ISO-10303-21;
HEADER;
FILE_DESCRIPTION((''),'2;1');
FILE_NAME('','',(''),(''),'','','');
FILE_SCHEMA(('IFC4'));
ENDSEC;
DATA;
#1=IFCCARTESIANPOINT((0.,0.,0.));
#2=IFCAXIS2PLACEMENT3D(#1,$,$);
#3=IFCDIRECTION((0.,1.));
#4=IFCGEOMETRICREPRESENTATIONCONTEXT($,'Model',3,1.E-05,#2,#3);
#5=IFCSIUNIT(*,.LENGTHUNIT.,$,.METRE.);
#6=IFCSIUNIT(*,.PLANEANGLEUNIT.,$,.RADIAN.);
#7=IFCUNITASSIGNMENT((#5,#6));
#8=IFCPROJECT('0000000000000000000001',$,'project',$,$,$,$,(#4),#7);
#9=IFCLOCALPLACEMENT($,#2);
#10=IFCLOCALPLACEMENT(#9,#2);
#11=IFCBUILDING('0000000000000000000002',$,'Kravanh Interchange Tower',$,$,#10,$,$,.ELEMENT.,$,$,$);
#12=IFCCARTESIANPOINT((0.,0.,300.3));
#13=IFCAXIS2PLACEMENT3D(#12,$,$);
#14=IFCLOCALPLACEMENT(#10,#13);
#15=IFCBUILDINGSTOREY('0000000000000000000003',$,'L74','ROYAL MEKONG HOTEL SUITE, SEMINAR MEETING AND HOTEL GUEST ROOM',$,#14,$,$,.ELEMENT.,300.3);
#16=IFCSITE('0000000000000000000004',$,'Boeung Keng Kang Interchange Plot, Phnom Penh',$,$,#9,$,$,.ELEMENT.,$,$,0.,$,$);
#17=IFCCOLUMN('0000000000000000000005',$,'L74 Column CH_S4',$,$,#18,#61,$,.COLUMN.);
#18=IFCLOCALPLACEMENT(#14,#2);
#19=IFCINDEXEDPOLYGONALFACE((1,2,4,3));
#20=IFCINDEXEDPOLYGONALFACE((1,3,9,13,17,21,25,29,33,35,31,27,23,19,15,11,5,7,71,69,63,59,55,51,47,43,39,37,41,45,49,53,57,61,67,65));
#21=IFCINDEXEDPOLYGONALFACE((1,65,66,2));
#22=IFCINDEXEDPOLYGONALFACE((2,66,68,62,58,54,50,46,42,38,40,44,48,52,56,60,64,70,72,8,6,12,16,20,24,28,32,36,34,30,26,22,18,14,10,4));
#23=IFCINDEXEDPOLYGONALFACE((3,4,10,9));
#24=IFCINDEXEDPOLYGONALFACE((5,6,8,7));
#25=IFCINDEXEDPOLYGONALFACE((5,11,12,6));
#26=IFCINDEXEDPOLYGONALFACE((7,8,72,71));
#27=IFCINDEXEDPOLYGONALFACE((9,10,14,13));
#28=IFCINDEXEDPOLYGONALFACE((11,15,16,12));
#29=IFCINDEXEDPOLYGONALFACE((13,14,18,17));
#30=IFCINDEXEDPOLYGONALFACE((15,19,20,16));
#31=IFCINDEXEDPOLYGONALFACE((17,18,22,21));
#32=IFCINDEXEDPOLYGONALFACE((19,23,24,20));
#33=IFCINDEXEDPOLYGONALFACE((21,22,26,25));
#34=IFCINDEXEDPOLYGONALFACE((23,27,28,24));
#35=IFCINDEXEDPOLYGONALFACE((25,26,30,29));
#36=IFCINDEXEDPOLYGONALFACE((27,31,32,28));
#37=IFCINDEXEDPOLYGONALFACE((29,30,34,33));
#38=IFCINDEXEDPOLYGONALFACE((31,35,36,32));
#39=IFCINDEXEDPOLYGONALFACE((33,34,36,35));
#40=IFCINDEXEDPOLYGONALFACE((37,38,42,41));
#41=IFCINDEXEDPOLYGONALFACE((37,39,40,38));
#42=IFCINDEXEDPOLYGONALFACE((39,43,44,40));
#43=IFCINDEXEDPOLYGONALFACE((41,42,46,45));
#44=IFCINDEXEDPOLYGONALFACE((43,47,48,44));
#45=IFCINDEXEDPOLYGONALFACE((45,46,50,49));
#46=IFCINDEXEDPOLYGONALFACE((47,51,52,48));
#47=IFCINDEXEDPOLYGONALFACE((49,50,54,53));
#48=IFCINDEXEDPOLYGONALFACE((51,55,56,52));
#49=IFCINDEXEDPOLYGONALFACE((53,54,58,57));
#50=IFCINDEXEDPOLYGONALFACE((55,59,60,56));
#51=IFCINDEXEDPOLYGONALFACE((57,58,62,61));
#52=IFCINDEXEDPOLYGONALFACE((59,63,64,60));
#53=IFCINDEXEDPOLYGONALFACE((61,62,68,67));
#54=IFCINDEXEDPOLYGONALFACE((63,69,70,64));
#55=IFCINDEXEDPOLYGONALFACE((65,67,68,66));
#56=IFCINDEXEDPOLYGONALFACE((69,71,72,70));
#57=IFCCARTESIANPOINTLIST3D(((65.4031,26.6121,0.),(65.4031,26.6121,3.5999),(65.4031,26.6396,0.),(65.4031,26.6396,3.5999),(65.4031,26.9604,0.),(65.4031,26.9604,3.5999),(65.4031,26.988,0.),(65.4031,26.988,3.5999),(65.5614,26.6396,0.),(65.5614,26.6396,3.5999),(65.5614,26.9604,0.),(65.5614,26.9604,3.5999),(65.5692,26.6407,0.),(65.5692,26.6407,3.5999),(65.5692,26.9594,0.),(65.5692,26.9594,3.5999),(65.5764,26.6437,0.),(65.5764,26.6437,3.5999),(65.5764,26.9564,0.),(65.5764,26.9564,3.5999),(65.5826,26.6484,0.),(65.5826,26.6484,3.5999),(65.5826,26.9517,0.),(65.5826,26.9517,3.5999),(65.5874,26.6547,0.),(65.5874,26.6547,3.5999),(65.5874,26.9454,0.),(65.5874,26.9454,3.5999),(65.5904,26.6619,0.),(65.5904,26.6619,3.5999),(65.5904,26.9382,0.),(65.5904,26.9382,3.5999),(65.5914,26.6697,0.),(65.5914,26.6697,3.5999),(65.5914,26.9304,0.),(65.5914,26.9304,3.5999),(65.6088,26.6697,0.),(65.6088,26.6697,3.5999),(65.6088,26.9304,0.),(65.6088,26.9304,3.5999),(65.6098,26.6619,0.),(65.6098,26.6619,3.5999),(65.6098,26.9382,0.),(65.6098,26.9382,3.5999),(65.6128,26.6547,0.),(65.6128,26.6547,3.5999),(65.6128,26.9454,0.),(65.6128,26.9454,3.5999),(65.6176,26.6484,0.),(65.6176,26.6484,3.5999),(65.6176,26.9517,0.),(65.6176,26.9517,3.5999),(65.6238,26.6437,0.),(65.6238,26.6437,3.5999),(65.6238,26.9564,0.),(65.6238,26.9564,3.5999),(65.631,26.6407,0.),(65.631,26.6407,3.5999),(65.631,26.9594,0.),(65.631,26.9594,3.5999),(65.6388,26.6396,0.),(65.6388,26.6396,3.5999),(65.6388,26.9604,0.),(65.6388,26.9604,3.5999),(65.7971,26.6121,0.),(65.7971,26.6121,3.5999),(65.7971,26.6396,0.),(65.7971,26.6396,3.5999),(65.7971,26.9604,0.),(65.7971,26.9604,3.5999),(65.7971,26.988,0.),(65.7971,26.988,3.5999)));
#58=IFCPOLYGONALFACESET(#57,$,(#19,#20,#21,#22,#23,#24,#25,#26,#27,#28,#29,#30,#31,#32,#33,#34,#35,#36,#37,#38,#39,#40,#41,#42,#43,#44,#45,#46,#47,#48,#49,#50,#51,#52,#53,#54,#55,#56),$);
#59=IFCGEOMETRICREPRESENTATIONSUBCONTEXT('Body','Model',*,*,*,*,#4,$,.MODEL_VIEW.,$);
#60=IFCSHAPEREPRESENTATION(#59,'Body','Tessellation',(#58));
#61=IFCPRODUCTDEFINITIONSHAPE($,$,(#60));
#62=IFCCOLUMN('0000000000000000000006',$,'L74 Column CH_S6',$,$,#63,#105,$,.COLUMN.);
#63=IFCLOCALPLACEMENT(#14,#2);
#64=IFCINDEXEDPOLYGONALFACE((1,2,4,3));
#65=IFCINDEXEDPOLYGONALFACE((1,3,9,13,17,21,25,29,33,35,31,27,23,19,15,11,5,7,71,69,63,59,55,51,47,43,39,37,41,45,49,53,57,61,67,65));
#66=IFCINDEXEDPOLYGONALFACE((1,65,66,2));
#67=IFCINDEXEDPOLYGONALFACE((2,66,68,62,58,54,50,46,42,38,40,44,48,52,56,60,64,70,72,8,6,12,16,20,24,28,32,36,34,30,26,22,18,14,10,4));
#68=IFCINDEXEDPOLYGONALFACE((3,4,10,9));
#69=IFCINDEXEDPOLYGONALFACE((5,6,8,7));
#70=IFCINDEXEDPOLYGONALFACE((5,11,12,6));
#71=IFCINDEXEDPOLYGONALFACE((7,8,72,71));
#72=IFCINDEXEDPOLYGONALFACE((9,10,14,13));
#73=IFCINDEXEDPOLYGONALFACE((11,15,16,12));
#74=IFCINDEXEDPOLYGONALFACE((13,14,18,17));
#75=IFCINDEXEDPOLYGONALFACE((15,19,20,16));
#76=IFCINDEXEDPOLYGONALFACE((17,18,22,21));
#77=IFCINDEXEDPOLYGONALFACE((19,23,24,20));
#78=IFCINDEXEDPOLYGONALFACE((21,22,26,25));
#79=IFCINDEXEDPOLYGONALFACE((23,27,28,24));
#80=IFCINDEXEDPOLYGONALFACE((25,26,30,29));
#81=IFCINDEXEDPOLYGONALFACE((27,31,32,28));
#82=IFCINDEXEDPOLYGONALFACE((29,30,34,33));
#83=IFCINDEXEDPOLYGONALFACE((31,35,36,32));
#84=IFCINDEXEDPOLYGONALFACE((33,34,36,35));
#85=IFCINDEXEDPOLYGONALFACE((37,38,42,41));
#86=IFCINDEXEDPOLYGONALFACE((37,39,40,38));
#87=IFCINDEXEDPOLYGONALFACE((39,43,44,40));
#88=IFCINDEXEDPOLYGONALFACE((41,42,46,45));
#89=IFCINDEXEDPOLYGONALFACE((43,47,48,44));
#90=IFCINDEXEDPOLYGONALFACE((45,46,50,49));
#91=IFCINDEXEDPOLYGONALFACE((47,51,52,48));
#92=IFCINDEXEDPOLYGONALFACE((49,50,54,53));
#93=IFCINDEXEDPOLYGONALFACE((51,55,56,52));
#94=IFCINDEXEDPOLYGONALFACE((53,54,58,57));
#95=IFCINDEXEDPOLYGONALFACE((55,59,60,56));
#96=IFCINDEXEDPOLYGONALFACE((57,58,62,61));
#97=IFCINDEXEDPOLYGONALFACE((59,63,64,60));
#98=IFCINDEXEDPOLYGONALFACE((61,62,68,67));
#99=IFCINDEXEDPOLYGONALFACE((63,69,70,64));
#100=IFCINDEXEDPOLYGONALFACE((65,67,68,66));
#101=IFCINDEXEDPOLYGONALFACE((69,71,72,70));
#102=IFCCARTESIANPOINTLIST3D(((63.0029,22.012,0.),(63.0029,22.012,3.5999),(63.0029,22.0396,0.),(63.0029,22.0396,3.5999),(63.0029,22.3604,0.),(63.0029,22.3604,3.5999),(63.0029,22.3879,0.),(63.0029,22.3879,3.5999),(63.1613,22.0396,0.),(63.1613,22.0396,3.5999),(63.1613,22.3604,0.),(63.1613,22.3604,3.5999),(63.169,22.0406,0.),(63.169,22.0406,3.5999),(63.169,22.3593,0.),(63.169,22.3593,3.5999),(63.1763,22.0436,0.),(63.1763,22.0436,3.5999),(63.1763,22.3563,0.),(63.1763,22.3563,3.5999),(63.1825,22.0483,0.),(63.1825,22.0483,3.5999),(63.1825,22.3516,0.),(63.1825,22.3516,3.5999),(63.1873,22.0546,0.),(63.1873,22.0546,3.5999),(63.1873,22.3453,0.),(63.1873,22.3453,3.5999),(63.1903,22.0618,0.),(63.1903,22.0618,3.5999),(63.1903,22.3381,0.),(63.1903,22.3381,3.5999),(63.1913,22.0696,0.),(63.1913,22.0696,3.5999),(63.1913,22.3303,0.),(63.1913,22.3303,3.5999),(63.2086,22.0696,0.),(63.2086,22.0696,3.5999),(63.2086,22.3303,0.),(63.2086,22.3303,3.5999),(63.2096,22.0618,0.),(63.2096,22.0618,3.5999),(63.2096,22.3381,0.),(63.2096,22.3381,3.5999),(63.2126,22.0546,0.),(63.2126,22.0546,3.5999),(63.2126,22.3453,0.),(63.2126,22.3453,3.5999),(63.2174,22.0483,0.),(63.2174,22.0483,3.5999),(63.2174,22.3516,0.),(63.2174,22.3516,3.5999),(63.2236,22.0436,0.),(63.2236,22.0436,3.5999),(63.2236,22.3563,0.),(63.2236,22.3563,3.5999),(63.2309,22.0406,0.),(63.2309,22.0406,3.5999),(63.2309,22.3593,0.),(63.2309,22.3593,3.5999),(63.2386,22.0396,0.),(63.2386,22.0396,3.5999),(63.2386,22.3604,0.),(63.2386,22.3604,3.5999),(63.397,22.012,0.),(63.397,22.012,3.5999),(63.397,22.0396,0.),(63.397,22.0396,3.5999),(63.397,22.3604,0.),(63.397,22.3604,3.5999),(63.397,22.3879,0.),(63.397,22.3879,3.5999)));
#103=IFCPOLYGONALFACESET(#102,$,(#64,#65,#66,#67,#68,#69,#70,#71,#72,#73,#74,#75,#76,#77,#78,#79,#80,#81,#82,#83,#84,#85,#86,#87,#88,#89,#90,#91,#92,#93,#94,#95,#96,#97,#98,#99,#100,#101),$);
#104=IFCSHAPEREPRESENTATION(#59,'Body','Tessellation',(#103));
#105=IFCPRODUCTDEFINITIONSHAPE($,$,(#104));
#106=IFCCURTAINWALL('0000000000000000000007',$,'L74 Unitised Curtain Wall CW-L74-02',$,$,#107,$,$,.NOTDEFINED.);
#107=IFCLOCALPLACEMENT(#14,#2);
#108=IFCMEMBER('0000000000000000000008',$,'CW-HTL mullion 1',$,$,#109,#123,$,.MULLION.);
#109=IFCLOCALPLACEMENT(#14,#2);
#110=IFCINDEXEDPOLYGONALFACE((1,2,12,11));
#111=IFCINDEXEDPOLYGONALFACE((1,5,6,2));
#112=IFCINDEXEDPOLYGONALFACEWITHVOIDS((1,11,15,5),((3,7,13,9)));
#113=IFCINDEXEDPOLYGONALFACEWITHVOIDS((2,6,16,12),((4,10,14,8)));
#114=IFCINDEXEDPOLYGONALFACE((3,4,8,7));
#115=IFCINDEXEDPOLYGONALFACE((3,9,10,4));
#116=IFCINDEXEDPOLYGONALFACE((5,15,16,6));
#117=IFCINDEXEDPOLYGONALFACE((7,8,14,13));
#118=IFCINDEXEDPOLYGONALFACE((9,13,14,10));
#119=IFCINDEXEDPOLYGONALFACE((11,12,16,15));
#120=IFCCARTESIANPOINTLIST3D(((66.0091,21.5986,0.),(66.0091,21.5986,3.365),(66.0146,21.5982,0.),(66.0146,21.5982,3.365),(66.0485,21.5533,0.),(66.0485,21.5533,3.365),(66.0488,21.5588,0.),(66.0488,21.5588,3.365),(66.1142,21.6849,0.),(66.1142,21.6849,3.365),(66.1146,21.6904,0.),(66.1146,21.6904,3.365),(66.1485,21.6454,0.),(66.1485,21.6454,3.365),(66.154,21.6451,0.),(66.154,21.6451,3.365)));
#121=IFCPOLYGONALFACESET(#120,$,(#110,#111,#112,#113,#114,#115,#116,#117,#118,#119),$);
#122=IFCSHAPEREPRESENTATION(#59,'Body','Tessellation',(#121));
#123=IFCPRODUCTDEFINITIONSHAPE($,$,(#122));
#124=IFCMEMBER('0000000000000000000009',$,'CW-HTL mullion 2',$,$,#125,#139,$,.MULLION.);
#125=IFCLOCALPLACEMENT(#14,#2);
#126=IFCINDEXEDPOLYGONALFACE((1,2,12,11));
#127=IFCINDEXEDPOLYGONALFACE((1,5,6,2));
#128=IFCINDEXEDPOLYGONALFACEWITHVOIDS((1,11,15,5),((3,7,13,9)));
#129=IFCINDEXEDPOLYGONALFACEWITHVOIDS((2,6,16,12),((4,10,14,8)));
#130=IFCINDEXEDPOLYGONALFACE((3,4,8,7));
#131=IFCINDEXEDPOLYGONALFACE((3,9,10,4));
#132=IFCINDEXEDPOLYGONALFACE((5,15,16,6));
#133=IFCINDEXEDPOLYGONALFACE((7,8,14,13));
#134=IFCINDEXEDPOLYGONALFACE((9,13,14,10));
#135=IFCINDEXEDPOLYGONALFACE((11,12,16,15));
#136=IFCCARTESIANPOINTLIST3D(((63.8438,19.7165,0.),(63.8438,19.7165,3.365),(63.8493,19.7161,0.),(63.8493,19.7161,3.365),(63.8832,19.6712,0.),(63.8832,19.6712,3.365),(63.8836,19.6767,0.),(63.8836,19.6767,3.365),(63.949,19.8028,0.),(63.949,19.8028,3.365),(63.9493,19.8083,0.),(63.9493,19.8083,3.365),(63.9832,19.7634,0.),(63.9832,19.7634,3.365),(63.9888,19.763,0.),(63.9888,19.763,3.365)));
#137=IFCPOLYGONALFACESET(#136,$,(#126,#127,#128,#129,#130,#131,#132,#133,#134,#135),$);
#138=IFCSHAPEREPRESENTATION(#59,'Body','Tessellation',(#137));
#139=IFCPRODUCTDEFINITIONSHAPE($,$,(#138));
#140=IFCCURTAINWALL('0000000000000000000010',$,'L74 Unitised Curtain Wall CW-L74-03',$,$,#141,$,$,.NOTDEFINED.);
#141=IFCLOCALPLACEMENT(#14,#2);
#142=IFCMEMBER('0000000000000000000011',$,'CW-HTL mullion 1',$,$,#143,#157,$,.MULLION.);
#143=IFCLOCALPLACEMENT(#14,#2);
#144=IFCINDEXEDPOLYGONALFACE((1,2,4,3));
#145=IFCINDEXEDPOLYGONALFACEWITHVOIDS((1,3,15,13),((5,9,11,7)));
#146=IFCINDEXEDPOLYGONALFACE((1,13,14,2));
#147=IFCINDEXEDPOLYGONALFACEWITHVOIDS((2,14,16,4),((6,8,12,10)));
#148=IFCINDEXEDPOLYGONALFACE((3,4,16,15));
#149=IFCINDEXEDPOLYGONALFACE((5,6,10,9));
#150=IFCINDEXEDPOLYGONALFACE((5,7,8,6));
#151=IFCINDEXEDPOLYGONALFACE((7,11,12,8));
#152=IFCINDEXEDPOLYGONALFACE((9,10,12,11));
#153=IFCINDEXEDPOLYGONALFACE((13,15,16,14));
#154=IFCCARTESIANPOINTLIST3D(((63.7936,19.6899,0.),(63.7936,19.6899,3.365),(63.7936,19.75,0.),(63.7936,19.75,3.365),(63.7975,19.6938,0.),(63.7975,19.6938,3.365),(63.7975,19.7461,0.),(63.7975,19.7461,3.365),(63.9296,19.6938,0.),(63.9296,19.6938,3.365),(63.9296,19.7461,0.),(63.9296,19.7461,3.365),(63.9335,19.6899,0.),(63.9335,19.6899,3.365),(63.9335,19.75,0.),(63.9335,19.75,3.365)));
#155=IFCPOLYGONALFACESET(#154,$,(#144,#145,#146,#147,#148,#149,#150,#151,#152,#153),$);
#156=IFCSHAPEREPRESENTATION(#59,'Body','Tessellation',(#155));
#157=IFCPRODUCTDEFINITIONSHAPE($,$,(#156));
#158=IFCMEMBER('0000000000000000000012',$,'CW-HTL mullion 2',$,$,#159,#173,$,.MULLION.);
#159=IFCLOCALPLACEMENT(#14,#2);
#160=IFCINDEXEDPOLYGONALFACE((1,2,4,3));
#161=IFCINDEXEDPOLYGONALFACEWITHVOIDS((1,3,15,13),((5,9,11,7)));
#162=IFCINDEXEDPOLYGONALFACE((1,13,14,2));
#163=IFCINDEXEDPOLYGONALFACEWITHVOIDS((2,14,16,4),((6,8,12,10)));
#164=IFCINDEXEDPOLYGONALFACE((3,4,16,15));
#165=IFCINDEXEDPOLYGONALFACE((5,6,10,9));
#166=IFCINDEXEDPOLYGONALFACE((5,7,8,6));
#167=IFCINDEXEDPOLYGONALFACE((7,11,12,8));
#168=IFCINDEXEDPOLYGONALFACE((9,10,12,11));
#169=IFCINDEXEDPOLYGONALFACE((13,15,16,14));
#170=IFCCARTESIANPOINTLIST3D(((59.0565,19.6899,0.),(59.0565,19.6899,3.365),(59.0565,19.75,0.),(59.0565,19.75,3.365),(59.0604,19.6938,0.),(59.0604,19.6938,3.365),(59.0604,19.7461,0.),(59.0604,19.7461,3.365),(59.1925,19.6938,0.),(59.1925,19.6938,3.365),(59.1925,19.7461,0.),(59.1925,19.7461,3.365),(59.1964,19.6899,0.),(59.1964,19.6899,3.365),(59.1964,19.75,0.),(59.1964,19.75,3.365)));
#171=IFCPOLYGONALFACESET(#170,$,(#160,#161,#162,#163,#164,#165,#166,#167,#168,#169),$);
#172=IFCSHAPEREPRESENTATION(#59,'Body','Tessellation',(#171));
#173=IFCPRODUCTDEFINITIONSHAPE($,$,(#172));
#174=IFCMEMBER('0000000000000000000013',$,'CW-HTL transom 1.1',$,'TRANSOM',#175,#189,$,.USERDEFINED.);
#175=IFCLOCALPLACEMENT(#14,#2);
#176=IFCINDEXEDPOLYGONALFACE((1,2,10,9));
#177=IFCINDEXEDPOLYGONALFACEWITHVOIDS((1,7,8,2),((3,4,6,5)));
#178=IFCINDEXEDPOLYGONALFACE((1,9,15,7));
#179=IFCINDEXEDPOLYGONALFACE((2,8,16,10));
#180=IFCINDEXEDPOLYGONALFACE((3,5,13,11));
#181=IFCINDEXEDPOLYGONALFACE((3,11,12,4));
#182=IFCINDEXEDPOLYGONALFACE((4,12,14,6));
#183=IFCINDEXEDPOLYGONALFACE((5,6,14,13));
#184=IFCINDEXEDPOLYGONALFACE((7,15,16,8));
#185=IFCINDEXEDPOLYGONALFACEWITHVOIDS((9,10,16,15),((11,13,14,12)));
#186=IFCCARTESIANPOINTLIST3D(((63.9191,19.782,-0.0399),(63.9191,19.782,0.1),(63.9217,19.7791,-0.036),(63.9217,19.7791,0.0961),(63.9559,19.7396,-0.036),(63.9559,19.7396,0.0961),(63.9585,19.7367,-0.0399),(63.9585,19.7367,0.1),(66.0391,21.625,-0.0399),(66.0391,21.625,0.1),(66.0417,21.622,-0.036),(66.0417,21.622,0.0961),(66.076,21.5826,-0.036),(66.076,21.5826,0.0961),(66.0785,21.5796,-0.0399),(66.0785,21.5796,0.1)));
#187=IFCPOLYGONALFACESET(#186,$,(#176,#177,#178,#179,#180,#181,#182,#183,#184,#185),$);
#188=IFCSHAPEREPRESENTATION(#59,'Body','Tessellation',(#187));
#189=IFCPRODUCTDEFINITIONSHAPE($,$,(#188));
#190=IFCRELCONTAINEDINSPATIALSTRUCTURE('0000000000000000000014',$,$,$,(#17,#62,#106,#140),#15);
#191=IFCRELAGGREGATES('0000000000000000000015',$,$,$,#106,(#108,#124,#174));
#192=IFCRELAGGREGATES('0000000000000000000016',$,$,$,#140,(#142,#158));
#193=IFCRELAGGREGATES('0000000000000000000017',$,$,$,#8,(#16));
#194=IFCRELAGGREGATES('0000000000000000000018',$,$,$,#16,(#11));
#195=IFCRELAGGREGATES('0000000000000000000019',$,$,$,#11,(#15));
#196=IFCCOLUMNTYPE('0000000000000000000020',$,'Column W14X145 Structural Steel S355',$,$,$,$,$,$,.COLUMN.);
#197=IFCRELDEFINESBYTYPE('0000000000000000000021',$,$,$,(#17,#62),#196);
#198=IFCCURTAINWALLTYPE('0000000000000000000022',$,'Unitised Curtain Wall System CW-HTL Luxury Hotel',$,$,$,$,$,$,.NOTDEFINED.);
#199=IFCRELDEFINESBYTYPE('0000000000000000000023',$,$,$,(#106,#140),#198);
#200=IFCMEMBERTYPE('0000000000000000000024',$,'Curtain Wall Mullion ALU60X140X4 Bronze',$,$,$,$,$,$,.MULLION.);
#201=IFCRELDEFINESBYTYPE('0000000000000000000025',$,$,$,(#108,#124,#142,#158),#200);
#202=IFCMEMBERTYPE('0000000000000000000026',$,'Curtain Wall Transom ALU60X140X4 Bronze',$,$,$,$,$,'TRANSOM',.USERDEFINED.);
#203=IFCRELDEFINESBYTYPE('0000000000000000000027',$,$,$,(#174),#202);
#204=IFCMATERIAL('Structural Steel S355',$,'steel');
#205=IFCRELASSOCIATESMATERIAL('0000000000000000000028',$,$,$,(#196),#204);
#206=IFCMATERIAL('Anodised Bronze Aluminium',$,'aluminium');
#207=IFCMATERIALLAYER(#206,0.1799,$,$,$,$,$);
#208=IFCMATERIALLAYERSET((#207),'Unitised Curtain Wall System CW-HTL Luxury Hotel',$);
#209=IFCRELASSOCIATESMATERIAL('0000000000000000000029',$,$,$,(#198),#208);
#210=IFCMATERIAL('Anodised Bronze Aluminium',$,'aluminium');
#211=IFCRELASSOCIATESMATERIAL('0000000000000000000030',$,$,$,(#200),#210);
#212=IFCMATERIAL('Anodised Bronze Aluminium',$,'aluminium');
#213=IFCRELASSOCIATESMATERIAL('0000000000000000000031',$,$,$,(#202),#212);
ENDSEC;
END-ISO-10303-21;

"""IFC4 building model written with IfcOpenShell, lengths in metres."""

from ifc_helpers import new_model, si_unit, direction, frame, origin, origin_2d, place, context, subcontext, project, spatial, hollow_rectangle, i_section, extrude, material, layer, layer_set, material_profile, profile_set, type_object, element, aggregate, save


model = new_model("IFC4")

# Units and contexts
model_context = context("Model", 3, precision=1e-05, world=origin(), true_north=direction((0.0, 1.0)))
body_context = subcontext(model_context, "Body", "Model", "MODEL_VIEW")
ifc_project = project(units=[si_unit("LENGTHUNIT", "METRE"), si_unit("PLANEANGLEUNIT", "RADIAN")], contexts=[model_context])

# Site, building, storey
site_placement = place(None, origin())
site = spatial("IfcSite", under=ifc_project, at=site_placement, Name="Boeung Keng Kang Interchange Plot, Phnom Penh", CompositionType="ELEMENT", RefElevation=0.0)
building_placement = place(site_placement, origin())
building = spatial("IfcBuilding", under=site, at=building_placement, Name="Kravanh Interchange Tower", CompositionType="ELEMENT")
storey_placement = place(building_placement, frame((0.0, 0.0, 300.3)))
storey = spatial("IfcBuildingStorey", under=building, at=storey_placement, Name="L74", Description="ROYAL MEKONG HOTEL SUITE, SEMINAR MEETING AND HOTEL GUEST ROOM", CompositionType="ELEMENT", Elevation=300.3)

# Columns
ifc_material_1 = material(Name="Structural Steel S355", Category="steel")
ifc_material_profile_1 = material_profile(ifc_material_1, i_section(OverallWidth=0.394, OverallDepth=0.376, WebThickness=0.0173, FlangeThickness=0.0276, FilletRadius=0.03, at=origin_2d()), Name="W14X145")
ifc_profile_set_1 = profile_set([ifc_material_profile_1], Name="Structural Steel S355")
column_type = type_object("IfcColumnType", Name="Column W14X145 Structural Steel S355", PredefinedType="COLUMN", material=ifc_profile_set_1)
for number, where, z_axis, x_axis, name in (
    (1, (65.6001, 26.8, 0.0), (0.0, 0.0, 1.0), (1.0, 0.0, 0.0), "L74 Column CH_S4"),
    (2, (63.2, 22.2, 0.0), (0.0, 0.0, 1.0), (1.0, 0.0, 0.0), "L74 Column CH_S6"),
):
    element("IfcColumn", number, at=place(storey_placement, frame(where, z_axis=z_axis, x_axis=x_axis)), inside=storey, type_object=column_type, Name=name, PredefinedType="COLUMN", context=body_context, shape_type="SweptSolid", body=[
        extrude(i_section(OverallWidth=0.394, OverallDepth=0.376, WebThickness=0.0173, FlangeThickness=0.0276, FilletRadius=0.03, at=origin_2d()), origin(), (0.0, 0.0, 1.0), 3.5999),
    ])

# Curtain walls, members
ifc_material_2 = material(Name="Anodised Bronze Aluminium", Category="aluminium")
ifc_layer_1 = layer(ifc_material_2, 0.1799)
ifc_layer_set_1 = layer_set([ifc_layer_1], Name="Unitised Curtain Wall System CW-HTL Luxury Hotel")
curtain_wall_type = type_object("IfcCurtainWallType", Name="Unitised Curtain Wall System CW-HTL Luxury Hotel", PredefinedType="NOTDEFINED", material=ifc_layer_set_1)
curtain_wall_1_placement = place(storey_placement, origin())
curtain_wall_1 = element("IfcCurtainWall", 3, at=curtain_wall_1_placement, inside=storey, type_object=curtain_wall_type, Name="L74 Unitised Curtain Wall CW-L74-02", PredefinedType="NOTDEFINED")
ifc_material_3 = material(Name="Anodised Bronze Aluminium", Category="aluminium")
ifc_material_profile_2 = material_profile(ifc_material_3, hollow_rectangle(XDim=0.0601, YDim=0.1399, WallThickness=0.0039, at=origin_2d()), Name="ALU60X140X4")
ifc_profile_set_2 = profile_set([ifc_material_profile_2], Name="Anodised Bronze Aluminium")
member_type_1 = type_object("IfcMemberType", Name="Curtain Wall Mullion ALU60X140X4 Bronze", PredefinedType="MULLION", material=ifc_profile_set_2)
member_1_placement = place(storey_placement, frame((66.0815, 21.6218, 0.0), z_axis=(0.0, 0.0, 1.0), x_axis=(0.65605, -0.754717, 0.0)))
member_1 = element("IfcMember", 4, at=member_1_placement, type_object=member_type_1, Name="CW-HTL mullion 1", PredefinedType="MULLION", context=body_context, shape_type="SweptSolid", body=[
    extrude(hollow_rectangle(XDim=0.0601, YDim=0.1399, WallThickness=0.0039, at=origin_2d()), origin(), (0.0, 0.0, 1.0), 3.365),
])
member_2_placement = place(storey_placement, frame((63.9163, 19.7397, 0.0), z_axis=(0.0, 0.0, 1.0), x_axis=(0.65605, -0.754717, 0.0)))
member_2 = element("IfcMember", 5, at=member_2_placement, type_object=member_type_1, Name="CW-HTL mullion 2", PredefinedType="MULLION", context=body_context, shape_type="SweptSolid", body=[
    extrude(hollow_rectangle(XDim=0.0601, YDim=0.1399, WallThickness=0.0039, at=origin_2d()), origin(), (0.0, 0.0, 1.0), 3.365),
])
curtain_wall_2_placement = place(storey_placement, origin())
curtain_wall_2 = element("IfcCurtainWall", 6, at=curtain_wall_2_placement, inside=storey, type_object=curtain_wall_type, Name="L74 Unitised Curtain Wall CW-L74-03", PredefinedType="NOTDEFINED")
member_3_placement = place(storey_placement, frame((63.8635, 19.72, 0.0), z_axis=(0.0, 0.0, 1.0), x_axis=(0.0, -1.0, 0.0)))
member_3 = element("IfcMember", 7, at=member_3_placement, type_object=member_type_1, Name="CW-HTL mullion 1", PredefinedType="MULLION", context=body_context, shape_type="SweptSolid", body=[
    extrude(hollow_rectangle(XDim=0.0601, YDim=0.1399, WallThickness=0.0039, at=origin_2d()), origin(), (0.0, 0.0, 1.0), 3.365),
])
member_4_placement = place(storey_placement, frame((59.1265, 19.72, 0.0), z_axis=(0.0, 0.0, 1.0), x_axis=(0.0, -1.0, 0.0)))
member_4 = element("IfcMember", 8, at=member_4_placement, type_object=member_type_1, Name="CW-HTL mullion 2", PredefinedType="MULLION", context=body_context, shape_type="SweptSolid", body=[
    extrude(hollow_rectangle(XDim=0.0601, YDim=0.1399, WallThickness=0.0039, at=origin_2d()), origin(), (0.0, 0.0, 1.0), 3.365),
])

# Member
ifc_material_4 = material(Name="Anodised Bronze Aluminium", Category="aluminium")
ifc_material_profile_3 = material_profile(ifc_material_4, hollow_rectangle(XDim=0.0601, YDim=0.1399, WallThickness=0.0039, at=origin_2d()), Name="ALU60X140X4")
ifc_profile_set_3 = profile_set([ifc_material_profile_3], Name="Anodised Bronze Aluminium")
member_type_2 = type_object("IfcMemberType", Name="Curtain Wall Transom ALU60X140X4 Bronze", ElementType="TRANSOM", PredefinedType="USERDEFINED", material=ifc_profile_set_3)
member_5_placement = place(storey_placement, frame((66.0588, 21.6023, 0.03), z_axis=(-0.754705, -0.656065, 0.0), x_axis=(0.656065, -0.754705, 0.0)))
member_5 = element("IfcMember", 9, at=member_5_placement, type_object=member_type_2, Name="CW-HTL transom 1.1", ObjectType="TRANSOM", PredefinedType="USERDEFINED", context=body_context, shape_type="SweptSolid", body=[
    extrude(hollow_rectangle(XDim=0.0601, YDim=0.1399, WallThickness=0.0039, at=origin_2d()), origin(), (0.0, 0.0, 1.0), 2.8091),
])

aggregate(curtain_wall_1, [member_1, member_2, member_5])
aggregate(curtain_wall_2, [member_3, member_4])

save(model, "model.ifc")
